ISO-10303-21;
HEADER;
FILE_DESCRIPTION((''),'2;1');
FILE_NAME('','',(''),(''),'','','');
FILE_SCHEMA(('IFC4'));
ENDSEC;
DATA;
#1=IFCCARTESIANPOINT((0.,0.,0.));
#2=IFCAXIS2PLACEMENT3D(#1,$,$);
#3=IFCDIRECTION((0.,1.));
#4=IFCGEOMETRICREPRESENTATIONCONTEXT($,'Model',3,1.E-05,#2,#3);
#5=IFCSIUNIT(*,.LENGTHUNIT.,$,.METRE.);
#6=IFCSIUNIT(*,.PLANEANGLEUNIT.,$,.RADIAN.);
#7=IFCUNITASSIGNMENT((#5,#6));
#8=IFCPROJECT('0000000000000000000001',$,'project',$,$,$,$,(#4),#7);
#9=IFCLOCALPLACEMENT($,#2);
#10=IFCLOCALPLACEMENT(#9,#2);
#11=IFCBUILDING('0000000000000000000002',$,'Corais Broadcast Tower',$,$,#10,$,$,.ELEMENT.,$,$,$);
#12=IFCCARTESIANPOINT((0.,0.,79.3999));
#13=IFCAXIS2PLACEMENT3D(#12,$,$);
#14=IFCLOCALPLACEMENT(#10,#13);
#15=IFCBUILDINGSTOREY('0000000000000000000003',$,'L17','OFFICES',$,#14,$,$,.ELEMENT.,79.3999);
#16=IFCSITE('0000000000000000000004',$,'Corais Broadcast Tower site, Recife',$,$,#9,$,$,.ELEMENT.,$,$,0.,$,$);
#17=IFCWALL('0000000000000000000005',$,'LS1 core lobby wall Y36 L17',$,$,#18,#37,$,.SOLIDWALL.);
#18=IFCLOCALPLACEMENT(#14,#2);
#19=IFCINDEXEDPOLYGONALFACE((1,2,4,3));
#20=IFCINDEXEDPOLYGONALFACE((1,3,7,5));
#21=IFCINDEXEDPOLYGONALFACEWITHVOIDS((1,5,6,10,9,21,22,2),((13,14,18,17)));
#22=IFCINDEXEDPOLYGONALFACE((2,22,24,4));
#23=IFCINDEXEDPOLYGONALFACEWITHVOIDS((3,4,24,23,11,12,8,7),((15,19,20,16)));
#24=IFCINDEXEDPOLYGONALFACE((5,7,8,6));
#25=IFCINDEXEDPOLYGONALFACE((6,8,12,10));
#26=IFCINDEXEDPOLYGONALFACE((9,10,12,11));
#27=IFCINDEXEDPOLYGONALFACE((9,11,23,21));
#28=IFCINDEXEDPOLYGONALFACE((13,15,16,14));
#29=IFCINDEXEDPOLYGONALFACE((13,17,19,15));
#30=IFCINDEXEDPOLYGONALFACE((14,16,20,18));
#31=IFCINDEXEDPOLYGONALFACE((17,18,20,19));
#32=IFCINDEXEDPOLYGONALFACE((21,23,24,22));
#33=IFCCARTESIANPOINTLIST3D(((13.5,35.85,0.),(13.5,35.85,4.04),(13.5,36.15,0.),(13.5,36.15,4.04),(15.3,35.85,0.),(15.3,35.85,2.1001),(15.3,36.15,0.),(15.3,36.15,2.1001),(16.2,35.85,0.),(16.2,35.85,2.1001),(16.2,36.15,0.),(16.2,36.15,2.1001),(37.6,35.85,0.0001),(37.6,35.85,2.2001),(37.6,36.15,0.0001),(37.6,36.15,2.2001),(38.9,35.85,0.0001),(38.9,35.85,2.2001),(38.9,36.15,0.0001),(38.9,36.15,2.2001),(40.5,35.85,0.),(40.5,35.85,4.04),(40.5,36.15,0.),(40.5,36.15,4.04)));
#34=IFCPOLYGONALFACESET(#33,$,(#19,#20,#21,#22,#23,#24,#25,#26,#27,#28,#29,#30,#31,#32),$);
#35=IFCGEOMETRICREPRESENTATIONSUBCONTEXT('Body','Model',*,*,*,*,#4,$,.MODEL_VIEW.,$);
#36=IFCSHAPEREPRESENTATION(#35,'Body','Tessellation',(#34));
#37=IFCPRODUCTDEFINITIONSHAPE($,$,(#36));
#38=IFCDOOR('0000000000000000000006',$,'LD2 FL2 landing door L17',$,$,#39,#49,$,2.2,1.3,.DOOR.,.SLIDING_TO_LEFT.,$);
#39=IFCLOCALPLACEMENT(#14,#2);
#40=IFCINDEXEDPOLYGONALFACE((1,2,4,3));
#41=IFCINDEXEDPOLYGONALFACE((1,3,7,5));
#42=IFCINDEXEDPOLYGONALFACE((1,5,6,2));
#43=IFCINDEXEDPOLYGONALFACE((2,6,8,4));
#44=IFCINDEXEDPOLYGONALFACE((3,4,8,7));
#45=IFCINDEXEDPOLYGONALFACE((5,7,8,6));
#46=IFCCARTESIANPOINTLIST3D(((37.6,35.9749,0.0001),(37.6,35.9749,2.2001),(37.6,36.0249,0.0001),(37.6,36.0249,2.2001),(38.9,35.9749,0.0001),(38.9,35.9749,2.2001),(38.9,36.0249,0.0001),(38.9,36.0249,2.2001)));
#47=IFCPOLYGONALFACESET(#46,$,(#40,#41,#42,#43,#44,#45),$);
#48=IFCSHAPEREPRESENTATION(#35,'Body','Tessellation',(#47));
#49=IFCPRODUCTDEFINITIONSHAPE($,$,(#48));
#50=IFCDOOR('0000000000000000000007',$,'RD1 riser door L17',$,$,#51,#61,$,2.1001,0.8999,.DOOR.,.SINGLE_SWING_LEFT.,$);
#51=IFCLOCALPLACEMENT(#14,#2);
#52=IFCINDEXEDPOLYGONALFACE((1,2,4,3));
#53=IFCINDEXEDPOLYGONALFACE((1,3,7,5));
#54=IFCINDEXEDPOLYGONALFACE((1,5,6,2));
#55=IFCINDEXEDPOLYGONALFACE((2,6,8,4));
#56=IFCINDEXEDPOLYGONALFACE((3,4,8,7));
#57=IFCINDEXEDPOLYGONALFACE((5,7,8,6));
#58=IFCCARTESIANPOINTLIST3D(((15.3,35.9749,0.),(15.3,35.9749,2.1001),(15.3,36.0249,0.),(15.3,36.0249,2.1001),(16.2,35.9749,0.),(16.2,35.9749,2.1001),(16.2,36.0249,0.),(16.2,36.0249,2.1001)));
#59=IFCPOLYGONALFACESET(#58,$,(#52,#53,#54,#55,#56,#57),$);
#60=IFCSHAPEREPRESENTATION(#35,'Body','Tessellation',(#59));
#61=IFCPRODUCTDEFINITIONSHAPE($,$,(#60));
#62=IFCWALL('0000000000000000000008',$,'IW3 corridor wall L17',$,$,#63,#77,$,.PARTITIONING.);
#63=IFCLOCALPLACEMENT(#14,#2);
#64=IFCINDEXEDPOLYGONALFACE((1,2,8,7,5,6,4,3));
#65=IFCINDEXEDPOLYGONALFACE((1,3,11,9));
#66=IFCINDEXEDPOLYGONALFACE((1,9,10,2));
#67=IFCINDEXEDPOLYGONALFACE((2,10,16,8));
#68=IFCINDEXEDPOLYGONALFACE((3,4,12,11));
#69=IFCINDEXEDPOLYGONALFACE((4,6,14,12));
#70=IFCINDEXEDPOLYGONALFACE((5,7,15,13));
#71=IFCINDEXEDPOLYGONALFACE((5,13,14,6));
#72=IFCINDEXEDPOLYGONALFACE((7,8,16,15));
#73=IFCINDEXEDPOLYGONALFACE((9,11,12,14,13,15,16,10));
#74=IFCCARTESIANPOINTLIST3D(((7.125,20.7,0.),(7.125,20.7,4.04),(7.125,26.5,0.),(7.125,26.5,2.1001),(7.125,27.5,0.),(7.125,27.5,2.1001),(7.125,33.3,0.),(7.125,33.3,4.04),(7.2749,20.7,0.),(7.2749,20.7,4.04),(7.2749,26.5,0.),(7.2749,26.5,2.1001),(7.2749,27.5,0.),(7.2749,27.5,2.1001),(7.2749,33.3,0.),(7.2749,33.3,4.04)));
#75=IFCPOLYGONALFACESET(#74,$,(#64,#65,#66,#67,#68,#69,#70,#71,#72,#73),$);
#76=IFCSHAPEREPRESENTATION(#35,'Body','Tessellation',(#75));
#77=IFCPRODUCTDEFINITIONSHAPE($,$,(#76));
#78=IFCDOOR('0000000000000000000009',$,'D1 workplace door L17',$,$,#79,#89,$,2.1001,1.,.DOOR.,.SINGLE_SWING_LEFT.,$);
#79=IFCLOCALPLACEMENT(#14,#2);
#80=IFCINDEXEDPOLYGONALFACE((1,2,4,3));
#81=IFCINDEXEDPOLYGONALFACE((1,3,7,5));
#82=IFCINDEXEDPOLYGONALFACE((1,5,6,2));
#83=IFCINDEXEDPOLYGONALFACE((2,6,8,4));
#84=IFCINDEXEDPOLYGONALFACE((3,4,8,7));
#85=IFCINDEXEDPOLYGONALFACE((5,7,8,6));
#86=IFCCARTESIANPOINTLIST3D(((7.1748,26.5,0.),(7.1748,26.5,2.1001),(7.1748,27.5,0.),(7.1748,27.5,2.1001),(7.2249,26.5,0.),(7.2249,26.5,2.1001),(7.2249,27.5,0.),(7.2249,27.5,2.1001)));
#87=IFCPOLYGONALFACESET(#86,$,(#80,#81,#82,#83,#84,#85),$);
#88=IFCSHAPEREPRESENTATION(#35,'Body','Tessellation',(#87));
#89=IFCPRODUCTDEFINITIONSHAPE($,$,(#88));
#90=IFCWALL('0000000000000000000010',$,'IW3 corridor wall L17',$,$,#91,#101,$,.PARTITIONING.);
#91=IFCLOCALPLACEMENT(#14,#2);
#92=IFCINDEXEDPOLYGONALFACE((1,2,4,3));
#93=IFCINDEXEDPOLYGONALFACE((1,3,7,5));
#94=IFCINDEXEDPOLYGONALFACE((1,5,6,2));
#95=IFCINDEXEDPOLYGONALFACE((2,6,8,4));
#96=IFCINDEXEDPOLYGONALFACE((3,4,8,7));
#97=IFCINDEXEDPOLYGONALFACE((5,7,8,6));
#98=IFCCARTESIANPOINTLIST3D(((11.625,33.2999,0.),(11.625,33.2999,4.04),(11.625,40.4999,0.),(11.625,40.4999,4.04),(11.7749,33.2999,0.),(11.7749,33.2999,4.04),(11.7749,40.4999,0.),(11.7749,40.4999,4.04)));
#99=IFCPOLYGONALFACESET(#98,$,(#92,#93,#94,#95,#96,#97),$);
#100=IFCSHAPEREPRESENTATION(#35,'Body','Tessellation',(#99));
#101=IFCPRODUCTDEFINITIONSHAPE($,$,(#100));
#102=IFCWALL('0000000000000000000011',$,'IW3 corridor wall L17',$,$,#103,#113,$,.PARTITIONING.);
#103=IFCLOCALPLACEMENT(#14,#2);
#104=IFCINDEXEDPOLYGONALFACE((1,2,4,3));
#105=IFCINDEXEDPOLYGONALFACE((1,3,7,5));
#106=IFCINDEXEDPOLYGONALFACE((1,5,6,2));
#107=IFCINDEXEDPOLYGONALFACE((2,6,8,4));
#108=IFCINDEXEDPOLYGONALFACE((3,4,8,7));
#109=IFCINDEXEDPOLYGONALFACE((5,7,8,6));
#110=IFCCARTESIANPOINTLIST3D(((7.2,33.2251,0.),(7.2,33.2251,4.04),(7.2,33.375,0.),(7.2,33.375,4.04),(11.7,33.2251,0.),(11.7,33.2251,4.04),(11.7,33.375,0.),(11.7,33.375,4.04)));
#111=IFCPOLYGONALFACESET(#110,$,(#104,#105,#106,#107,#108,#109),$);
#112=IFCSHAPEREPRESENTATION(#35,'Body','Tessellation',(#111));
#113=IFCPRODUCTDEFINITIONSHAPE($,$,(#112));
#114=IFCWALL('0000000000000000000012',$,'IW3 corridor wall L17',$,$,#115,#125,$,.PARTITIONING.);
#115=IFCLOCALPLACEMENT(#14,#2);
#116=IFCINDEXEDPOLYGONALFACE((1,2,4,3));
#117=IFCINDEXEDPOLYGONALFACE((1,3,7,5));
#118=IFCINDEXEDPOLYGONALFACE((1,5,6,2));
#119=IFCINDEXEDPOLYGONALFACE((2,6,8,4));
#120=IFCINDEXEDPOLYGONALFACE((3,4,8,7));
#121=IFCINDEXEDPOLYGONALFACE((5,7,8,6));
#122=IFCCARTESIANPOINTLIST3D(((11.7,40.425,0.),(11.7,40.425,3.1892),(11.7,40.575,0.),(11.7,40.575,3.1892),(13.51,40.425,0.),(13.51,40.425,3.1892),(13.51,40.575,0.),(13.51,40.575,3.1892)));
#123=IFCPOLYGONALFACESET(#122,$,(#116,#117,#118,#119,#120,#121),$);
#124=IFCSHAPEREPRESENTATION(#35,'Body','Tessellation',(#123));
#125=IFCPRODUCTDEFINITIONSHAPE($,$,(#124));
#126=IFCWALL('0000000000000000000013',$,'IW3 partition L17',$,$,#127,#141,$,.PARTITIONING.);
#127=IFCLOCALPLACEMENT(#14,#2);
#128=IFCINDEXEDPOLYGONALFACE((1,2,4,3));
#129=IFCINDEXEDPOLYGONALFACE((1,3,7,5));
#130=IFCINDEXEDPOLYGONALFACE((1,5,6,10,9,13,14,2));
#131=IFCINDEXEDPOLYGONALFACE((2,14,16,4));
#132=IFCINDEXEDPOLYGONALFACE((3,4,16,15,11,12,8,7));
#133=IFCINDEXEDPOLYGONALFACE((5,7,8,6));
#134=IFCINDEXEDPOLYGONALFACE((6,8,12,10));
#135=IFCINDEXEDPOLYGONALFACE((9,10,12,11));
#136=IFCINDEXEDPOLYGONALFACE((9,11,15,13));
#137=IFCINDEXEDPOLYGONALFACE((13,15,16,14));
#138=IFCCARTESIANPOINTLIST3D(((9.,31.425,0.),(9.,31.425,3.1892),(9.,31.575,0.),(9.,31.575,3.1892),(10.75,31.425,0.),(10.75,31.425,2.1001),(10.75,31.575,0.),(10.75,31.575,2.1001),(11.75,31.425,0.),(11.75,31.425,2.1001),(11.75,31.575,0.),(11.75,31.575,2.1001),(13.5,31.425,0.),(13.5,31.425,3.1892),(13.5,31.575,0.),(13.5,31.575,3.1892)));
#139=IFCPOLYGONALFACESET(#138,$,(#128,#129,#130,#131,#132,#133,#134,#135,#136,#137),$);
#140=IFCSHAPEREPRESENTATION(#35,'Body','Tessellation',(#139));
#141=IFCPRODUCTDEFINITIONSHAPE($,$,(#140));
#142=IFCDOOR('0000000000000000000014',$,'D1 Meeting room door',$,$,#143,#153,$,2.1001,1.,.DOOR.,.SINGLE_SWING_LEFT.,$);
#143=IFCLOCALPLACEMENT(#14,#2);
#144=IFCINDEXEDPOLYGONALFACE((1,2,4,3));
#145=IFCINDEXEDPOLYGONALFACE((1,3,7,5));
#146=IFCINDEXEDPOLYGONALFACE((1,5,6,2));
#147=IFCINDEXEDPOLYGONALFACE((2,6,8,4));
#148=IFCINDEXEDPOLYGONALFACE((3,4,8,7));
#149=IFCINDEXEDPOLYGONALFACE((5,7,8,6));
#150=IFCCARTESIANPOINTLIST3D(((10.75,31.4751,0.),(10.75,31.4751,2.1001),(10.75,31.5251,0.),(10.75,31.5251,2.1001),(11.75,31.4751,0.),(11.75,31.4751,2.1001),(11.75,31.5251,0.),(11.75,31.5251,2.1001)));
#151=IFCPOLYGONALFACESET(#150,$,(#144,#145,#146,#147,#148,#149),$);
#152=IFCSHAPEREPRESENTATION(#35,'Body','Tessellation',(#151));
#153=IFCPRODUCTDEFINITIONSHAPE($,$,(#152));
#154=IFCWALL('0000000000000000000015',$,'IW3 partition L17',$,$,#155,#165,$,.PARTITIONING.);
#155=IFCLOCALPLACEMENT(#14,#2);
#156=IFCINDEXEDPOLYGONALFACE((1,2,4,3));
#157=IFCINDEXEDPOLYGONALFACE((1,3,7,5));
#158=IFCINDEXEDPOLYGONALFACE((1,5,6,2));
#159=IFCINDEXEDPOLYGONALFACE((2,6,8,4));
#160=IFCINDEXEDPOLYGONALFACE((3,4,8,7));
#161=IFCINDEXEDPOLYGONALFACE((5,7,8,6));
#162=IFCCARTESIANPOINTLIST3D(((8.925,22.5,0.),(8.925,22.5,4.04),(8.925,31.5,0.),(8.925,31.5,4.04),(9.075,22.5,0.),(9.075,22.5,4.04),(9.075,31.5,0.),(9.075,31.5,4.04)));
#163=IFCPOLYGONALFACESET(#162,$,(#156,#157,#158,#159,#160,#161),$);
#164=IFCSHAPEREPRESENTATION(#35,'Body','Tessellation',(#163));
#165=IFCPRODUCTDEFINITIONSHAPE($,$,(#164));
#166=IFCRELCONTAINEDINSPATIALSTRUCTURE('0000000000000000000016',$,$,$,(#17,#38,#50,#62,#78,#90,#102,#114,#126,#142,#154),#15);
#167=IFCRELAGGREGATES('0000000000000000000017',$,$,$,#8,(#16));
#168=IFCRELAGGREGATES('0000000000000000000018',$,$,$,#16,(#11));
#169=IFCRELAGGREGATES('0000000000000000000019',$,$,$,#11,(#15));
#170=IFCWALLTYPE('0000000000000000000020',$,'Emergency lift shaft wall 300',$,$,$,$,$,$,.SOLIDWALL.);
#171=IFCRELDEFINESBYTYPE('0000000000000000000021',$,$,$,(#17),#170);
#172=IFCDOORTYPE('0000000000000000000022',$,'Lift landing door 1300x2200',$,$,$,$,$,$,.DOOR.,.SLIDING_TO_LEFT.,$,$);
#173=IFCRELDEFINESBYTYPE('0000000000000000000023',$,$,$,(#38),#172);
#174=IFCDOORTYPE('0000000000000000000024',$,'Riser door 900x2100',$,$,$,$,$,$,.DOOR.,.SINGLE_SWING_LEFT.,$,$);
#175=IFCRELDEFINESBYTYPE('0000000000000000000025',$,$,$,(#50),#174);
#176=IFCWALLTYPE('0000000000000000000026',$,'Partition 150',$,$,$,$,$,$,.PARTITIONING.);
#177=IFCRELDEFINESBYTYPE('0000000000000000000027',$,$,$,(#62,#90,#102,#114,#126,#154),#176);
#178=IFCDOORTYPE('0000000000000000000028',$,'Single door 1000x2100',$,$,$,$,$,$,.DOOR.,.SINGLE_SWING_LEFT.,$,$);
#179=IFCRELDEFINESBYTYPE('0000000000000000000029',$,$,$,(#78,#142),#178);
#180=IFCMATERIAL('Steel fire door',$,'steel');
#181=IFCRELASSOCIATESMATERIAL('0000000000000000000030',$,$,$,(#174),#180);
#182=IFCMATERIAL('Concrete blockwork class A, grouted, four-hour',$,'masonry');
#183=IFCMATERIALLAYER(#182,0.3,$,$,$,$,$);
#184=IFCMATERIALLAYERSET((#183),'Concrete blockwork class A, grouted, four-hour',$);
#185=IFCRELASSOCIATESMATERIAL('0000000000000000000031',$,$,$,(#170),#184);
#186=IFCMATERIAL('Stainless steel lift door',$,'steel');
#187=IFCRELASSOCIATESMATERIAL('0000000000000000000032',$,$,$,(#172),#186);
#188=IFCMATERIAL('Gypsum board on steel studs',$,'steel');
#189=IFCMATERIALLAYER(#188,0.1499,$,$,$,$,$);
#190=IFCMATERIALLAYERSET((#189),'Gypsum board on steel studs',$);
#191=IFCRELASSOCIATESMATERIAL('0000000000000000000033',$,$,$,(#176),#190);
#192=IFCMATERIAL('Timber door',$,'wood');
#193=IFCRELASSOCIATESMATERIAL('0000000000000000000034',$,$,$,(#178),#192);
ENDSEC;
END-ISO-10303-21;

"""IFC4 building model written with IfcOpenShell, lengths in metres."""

from ifc_helpers import new_model, si_unit, direction, frame, frame_2d, origin, place, context, subcontext, project, spatial, rectangle, extrude, material, layer, layer_set, type_object, element, fill, save


model = new_model("IFC4")

# Units and contexts
model_context = context("Model", 3, precision=1e-05, world=origin(), true_north=direction((0.0, 1.0)))
body_context = subcontext(model_context, "Body", "Model", "MODEL_VIEW")
ifc_project = project(units=[si_unit("LENGTHUNIT", "METRE"), si_unit("PLANEANGLEUNIT", "RADIAN")], contexts=[model_context])

# Site, building, storey
site_placement = place(None, origin())
site = spatial("IfcSite", under=ifc_project, at=site_placement, Name="Corais Broadcast Tower site, Recife", CompositionType="ELEMENT", RefElevation=0.0)
building_placement = place(site_placement, origin())
building = spatial("IfcBuilding", under=site, at=building_placement, Name="Corais Broadcast Tower", CompositionType="ELEMENT")
storey_placement = place(building_placement, frame((0.0, 0.0, 79.3999)))
storey = spatial("IfcBuildingStorey", under=building, at=storey_placement, Name="L17", Description="OFFICES", CompositionType="ELEMENT", Elevation=79.3999)

# Wall, openings, doors
ifc_material_1 = material(Name="Steel fire door", Category="steel")
door_type_1 = type_object("IfcDoorType", Name="Riser door 900x2100", OperationType="SINGLE_SWING_LEFT", PredefinedType="DOOR", material=ifc_material_1)
ifc_material_2 = material(Name="Concrete blockwork class A, grouted, four-hour", Category="masonry")
ifc_layer_1 = layer(ifc_material_2, 0.3)
ifc_layer_set_1 = layer_set([ifc_layer_1], Name="Concrete blockwork class A, grouted, four-hour")
wall_type_1 = type_object("IfcWallType", Name="Emergency lift shaft wall 300", PredefinedType="SOLIDWALL", material=ifc_layer_set_1)
wall_1_placement = place(storey_placement, frame((13.5, 36.0, 0.0), z_axis=(0.0, 0.0, 1.0), x_axis=(1.0, 0.0, 0.0)))
wall_1 = element("IfcWall", 1, at=wall_1_placement, inside=storey, type_object=wall_type_1, Name="LS1 core lobby wall Y36 L17", PredefinedType="SOLIDWALL", context=body_context, shape_type="SweptSolid", body=[
    extrude(rectangle(XDim=27.0, YDim=0.3, at=frame_2d((13.5, 0.0))), origin(), (0.0, 0.0, 1.0), 4.04),
])
opening_1_placement = place(wall_1_placement, frame((1.8, 0.0, 0.0)))
opening_1 = element("IfcOpeningElement", 2, at=opening_1_placement, cuts=wall_1, PredefinedType="OPENING", context=body_context, shape_type="SweptSolid", body=[
    extrude(rectangle(XDim=0.8999, YDim=2.1001, at=frame_2d((0.45, 1.05))), frame((0.0, 0.1599, 0.0), z_axis=(0.0, -1.0, 0.0), x_axis=(1.0, 0.0, 0.0)), (0.0, 0.0, 1.0), 0.3201),
])
opening_2_placement = place(wall_1_placement, frame((24.1001, 0.0, 0.0)))
opening_2 = element("IfcOpeningElement", 3, at=opening_2_placement, cuts=wall_1, PredefinedType="OPENING", context=body_context, shape_type="SweptSolid", body=[
    extrude(rectangle(XDim=1.3, YDim=2.2, at=frame_2d((0.6499, 1.1001))), frame((0.0, 0.1599, 0.0), z_axis=(0.0, -1.0, 0.0), x_axis=(1.0, 0.0, 0.0)), (0.0, 0.0, 1.0), 0.3201),
])
ifc_material_3 = material(Name="Stainless steel lift door", Category="steel")
door_type_2 = type_object("IfcDoorType", Name="Lift landing door 1300x2200", OperationType="SLIDING_TO_LEFT", PredefinedType="DOOR", material=ifc_material_3)
door_1_placement = place(opening_2_placement, origin())
door_1 = element("IfcDoor", 4, at=door_1_placement, inside=storey, type_object=door_type_2, Name="LD2 FL2 landing door L17", OperationType="SLIDING_TO_LEFT", OverallHeight=2.2, OverallWidth=1.3, PredefinedType="DOOR", context=body_context, shape_type="SweptSolid", body=[
    extrude(rectangle(XDim=1.3, YDim=2.2, at=frame_2d((0.6499, 1.1001))), frame((0.0, 0.0249, 0.0), z_axis=(0.0, -1.0, 0.0), x_axis=(1.0, 0.0, 0.0)), (0.0, 0.0, 1.0), 0.05),
])
fill(opening_2, door_1)
door_2_placement = place(opening_1_placement, origin())
door_2 = element("IfcDoor", 5, at=door_2_placement, inside=storey, type_object=door_type_1, Name="RD1 riser door L17", OperationType="SINGLE_SWING_LEFT", OverallHeight=2.1001, OverallWidth=0.8999, PredefinedType="DOOR", context=body_context, shape_type="SweptSolid", body=[
    extrude(rectangle(XDim=0.8999, YDim=2.1001, at=frame_2d((0.45, 1.05))), frame((0.0, 0.0249, 0.0), z_axis=(0.0, -1.0, 0.0), x_axis=(1.0, 0.0, 0.0)), (0.0, 0.0, 1.0), 0.05),
])
fill(opening_1, door_2)

# Wall, opening, door
ifc_material_4 = material(Name="Gypsum board on steel studs", Category="steel")
ifc_layer_2 = layer(ifc_material_4, 0.1499)
ifc_layer_set_2 = layer_set([ifc_layer_2], Name="Gypsum board on steel studs")
wall_type_2 = type_object("IfcWallType", Name="Partition 150", PredefinedType="PARTITIONING", material=ifc_layer_set_2)
wall_2_placement = place(storey_placement, frame((7.2, 33.3, 0.0), z_axis=(0.0, 0.0, 1.0), x_axis=(0.0, -1.0, 0.0)))
wall_2 = element("IfcWall", 6, at=wall_2_placement, inside=storey, type_object=wall_type_2, Name="IW3 corridor wall L17", PredefinedType="PARTITIONING", context=body_context, shape_type="SweptSolid", body=[
    extrude(rectangle(XDim=12.6001, YDim=0.1499, at=frame_2d((6.3, 0.0))), origin(), (0.0, 0.0, 1.0), 4.04),
])
opening_3_placement = place(wall_2_placement, frame((5.8, 0.0, 0.0)))
opening_3 = element("IfcOpeningElement", 7, at=opening_3_placement, cuts=wall_2, PredefinedType="OPENING", context=body_context, shape_type="SweptSolid", body=[
    extrude(rectangle(XDim=1.0, YDim=2.1001, at=frame_2d((0.5, 1.05))), frame((0.0, 0.085, 0.0), z_axis=(0.0, -1.0, 0.0), x_axis=(1.0, 0.0, 0.0)), (0.0, 0.0, 1.0), 0.1699),
])
ifc_material_5 = material(Name="Timber door", Category="wood")
door_type_3 = type_object("IfcDoorType", Name="Single door 1000x2100", OperationType="SINGLE_SWING_LEFT", PredefinedType="DOOR", material=ifc_material_5)
door_3_placement = place(opening_3_placement, origin())
door_3 = element("IfcDoor", 8, at=door_3_placement, inside=storey, type_object=door_type_3, Name="D1 workplace door L17", OperationType="SINGLE_SWING_LEFT", OverallHeight=2.1001, OverallWidth=1.0, PredefinedType="DOOR", context=body_context, shape_type="SweptSolid", body=[
    extrude(rectangle(XDim=1.0, YDim=2.1001, at=frame_2d((0.5, 1.05))), frame((0.0, 0.0249, 0.0), z_axis=(0.0, -1.0, 0.0), x_axis=(1.0, 0.0, 0.0)), (0.0, 0.0, 1.0), 0.05),
])
fill(opening_3, door_3)

# Walls
wall_3_placement = place(storey_placement, frame((11.7, 40.5, 0.0), z_axis=(0.0, 0.0, 1.0), x_axis=(0.0, -1.0, 0.0)))
element("IfcWall", 9, at=wall_3_placement, inside=storey, type_object=wall_type_2, Name="IW3 corridor wall L17", PredefinedType="PARTITIONING", context=body_context, shape_type="SweptSolid", body=[
    extrude(rectangle(XDim=7.2, YDim=0.1499, at=frame_2d((3.6001, 0.0))), origin(), (0.0, 0.0, 1.0), 4.04),
])
wall_4_placement = place(storey_placement, frame((11.7, 33.3, 0.0), z_axis=(0.0, 0.0, 1.0), x_axis=(-1.0, 0.0, 0.0)))
element("IfcWall", 10, at=wall_4_placement, inside=storey, type_object=wall_type_2, Name="IW3 corridor wall L17", PredefinedType="PARTITIONING", context=body_context, shape_type="SweptSolid", body=[
    extrude(rectangle(XDim=4.5, YDim=0.1499, at=frame_2d((2.25, 0.0))), origin(), (0.0, 0.0, 1.0), 4.04),
])
wall_5_placement = place(storey_placement, frame((13.51, 40.5, 0.0), z_axis=(0.0, 0.0, 1.0), x_axis=(-1.0, 0.0, 0.0)))
element("IfcWall", 11, at=wall_5_placement, inside=storey, type_object=wall_type_2, Name="IW3 corridor wall L17", PredefinedType="PARTITIONING", context=body_context, shape_type="SweptSolid", body=[
    extrude(rectangle(XDim=1.8101, YDim=0.1499, at=frame_2d((0.905, 0.0))), origin(), (0.0, 0.0, 1.0), 3.1892),
])

# Wall, opening, door
wall_6_placement = place(storey_placement, frame((13.5, 31.5, 0.0), z_axis=(0.0, 0.0, 1.0), x_axis=(-1.0, 0.0, 0.0)))
wall_6 = element("IfcWall", 12, at=wall_6_placement, inside=storey, type_object=wall_type_2, Name="IW3 partition L17", PredefinedType="PARTITIONING", context=body_context, shape_type="SweptSolid", body=[
    extrude(rectangle(XDim=4.5, YDim=0.1499, at=frame_2d((2.25, 0.0))), origin(), (0.0, 0.0, 1.0), 3.1892),
])
opening_4_placement = place(wall_6_placement, frame((1.75, 0.0, 0.0)))
opening_4 = element("IfcOpeningElement", 13, at=opening_4_placement, cuts=wall_6, PredefinedType="OPENING", context=body_context, shape_type="SweptSolid", body=[
    extrude(rectangle(XDim=1.0, YDim=2.1001, at=frame_2d((0.5, 1.05))), frame((0.0, 0.085, 0.0), z_axis=(0.0, -1.0, 0.0), x_axis=(1.0, 0.0, 0.0)), (0.0, 0.0, 1.0), 0.1699),
])
door_4_placement = place(opening_4_placement, origin())
door_4 = element("IfcDoor", 14, at=door_4_placement, inside=storey, type_object=door_type_3, Name="D1 Meeting room door", OperationType="SINGLE_SWING_LEFT", OverallHeight=2.1001, OverallWidth=1.0, PredefinedType="DOOR", context=body_context, shape_type="SweptSolid", body=[
    extrude(rectangle(XDim=1.0, YDim=2.1001, at=frame_2d((0.5, 1.05))), frame((0.0, 0.0249, 0.0), z_axis=(0.0, -1.0, 0.0), x_axis=(1.0, 0.0, 0.0)), (0.0, 0.0, 1.0), 0.05),
])
fill(opening_4, door_4)

# Wall
wall_7_placement = place(storey_placement, frame((9.0, 31.5, 0.0), z_axis=(0.0, 0.0, 1.0), x_axis=(0.0, -1.0, 0.0)))
element("IfcWall", 15, at=wall_7_placement, inside=storey, type_object=wall_type_2, Name="IW3 partition L17", PredefinedType="PARTITIONING", context=body_context, shape_type="SweptSolid", body=[
    extrude(rectangle(XDim=9.0, YDim=0.1499, at=frame_2d((4.5, 0.0))), origin(), (0.0, 0.0, 1.0), 4.04),
])

save(model, "model.ifc")
